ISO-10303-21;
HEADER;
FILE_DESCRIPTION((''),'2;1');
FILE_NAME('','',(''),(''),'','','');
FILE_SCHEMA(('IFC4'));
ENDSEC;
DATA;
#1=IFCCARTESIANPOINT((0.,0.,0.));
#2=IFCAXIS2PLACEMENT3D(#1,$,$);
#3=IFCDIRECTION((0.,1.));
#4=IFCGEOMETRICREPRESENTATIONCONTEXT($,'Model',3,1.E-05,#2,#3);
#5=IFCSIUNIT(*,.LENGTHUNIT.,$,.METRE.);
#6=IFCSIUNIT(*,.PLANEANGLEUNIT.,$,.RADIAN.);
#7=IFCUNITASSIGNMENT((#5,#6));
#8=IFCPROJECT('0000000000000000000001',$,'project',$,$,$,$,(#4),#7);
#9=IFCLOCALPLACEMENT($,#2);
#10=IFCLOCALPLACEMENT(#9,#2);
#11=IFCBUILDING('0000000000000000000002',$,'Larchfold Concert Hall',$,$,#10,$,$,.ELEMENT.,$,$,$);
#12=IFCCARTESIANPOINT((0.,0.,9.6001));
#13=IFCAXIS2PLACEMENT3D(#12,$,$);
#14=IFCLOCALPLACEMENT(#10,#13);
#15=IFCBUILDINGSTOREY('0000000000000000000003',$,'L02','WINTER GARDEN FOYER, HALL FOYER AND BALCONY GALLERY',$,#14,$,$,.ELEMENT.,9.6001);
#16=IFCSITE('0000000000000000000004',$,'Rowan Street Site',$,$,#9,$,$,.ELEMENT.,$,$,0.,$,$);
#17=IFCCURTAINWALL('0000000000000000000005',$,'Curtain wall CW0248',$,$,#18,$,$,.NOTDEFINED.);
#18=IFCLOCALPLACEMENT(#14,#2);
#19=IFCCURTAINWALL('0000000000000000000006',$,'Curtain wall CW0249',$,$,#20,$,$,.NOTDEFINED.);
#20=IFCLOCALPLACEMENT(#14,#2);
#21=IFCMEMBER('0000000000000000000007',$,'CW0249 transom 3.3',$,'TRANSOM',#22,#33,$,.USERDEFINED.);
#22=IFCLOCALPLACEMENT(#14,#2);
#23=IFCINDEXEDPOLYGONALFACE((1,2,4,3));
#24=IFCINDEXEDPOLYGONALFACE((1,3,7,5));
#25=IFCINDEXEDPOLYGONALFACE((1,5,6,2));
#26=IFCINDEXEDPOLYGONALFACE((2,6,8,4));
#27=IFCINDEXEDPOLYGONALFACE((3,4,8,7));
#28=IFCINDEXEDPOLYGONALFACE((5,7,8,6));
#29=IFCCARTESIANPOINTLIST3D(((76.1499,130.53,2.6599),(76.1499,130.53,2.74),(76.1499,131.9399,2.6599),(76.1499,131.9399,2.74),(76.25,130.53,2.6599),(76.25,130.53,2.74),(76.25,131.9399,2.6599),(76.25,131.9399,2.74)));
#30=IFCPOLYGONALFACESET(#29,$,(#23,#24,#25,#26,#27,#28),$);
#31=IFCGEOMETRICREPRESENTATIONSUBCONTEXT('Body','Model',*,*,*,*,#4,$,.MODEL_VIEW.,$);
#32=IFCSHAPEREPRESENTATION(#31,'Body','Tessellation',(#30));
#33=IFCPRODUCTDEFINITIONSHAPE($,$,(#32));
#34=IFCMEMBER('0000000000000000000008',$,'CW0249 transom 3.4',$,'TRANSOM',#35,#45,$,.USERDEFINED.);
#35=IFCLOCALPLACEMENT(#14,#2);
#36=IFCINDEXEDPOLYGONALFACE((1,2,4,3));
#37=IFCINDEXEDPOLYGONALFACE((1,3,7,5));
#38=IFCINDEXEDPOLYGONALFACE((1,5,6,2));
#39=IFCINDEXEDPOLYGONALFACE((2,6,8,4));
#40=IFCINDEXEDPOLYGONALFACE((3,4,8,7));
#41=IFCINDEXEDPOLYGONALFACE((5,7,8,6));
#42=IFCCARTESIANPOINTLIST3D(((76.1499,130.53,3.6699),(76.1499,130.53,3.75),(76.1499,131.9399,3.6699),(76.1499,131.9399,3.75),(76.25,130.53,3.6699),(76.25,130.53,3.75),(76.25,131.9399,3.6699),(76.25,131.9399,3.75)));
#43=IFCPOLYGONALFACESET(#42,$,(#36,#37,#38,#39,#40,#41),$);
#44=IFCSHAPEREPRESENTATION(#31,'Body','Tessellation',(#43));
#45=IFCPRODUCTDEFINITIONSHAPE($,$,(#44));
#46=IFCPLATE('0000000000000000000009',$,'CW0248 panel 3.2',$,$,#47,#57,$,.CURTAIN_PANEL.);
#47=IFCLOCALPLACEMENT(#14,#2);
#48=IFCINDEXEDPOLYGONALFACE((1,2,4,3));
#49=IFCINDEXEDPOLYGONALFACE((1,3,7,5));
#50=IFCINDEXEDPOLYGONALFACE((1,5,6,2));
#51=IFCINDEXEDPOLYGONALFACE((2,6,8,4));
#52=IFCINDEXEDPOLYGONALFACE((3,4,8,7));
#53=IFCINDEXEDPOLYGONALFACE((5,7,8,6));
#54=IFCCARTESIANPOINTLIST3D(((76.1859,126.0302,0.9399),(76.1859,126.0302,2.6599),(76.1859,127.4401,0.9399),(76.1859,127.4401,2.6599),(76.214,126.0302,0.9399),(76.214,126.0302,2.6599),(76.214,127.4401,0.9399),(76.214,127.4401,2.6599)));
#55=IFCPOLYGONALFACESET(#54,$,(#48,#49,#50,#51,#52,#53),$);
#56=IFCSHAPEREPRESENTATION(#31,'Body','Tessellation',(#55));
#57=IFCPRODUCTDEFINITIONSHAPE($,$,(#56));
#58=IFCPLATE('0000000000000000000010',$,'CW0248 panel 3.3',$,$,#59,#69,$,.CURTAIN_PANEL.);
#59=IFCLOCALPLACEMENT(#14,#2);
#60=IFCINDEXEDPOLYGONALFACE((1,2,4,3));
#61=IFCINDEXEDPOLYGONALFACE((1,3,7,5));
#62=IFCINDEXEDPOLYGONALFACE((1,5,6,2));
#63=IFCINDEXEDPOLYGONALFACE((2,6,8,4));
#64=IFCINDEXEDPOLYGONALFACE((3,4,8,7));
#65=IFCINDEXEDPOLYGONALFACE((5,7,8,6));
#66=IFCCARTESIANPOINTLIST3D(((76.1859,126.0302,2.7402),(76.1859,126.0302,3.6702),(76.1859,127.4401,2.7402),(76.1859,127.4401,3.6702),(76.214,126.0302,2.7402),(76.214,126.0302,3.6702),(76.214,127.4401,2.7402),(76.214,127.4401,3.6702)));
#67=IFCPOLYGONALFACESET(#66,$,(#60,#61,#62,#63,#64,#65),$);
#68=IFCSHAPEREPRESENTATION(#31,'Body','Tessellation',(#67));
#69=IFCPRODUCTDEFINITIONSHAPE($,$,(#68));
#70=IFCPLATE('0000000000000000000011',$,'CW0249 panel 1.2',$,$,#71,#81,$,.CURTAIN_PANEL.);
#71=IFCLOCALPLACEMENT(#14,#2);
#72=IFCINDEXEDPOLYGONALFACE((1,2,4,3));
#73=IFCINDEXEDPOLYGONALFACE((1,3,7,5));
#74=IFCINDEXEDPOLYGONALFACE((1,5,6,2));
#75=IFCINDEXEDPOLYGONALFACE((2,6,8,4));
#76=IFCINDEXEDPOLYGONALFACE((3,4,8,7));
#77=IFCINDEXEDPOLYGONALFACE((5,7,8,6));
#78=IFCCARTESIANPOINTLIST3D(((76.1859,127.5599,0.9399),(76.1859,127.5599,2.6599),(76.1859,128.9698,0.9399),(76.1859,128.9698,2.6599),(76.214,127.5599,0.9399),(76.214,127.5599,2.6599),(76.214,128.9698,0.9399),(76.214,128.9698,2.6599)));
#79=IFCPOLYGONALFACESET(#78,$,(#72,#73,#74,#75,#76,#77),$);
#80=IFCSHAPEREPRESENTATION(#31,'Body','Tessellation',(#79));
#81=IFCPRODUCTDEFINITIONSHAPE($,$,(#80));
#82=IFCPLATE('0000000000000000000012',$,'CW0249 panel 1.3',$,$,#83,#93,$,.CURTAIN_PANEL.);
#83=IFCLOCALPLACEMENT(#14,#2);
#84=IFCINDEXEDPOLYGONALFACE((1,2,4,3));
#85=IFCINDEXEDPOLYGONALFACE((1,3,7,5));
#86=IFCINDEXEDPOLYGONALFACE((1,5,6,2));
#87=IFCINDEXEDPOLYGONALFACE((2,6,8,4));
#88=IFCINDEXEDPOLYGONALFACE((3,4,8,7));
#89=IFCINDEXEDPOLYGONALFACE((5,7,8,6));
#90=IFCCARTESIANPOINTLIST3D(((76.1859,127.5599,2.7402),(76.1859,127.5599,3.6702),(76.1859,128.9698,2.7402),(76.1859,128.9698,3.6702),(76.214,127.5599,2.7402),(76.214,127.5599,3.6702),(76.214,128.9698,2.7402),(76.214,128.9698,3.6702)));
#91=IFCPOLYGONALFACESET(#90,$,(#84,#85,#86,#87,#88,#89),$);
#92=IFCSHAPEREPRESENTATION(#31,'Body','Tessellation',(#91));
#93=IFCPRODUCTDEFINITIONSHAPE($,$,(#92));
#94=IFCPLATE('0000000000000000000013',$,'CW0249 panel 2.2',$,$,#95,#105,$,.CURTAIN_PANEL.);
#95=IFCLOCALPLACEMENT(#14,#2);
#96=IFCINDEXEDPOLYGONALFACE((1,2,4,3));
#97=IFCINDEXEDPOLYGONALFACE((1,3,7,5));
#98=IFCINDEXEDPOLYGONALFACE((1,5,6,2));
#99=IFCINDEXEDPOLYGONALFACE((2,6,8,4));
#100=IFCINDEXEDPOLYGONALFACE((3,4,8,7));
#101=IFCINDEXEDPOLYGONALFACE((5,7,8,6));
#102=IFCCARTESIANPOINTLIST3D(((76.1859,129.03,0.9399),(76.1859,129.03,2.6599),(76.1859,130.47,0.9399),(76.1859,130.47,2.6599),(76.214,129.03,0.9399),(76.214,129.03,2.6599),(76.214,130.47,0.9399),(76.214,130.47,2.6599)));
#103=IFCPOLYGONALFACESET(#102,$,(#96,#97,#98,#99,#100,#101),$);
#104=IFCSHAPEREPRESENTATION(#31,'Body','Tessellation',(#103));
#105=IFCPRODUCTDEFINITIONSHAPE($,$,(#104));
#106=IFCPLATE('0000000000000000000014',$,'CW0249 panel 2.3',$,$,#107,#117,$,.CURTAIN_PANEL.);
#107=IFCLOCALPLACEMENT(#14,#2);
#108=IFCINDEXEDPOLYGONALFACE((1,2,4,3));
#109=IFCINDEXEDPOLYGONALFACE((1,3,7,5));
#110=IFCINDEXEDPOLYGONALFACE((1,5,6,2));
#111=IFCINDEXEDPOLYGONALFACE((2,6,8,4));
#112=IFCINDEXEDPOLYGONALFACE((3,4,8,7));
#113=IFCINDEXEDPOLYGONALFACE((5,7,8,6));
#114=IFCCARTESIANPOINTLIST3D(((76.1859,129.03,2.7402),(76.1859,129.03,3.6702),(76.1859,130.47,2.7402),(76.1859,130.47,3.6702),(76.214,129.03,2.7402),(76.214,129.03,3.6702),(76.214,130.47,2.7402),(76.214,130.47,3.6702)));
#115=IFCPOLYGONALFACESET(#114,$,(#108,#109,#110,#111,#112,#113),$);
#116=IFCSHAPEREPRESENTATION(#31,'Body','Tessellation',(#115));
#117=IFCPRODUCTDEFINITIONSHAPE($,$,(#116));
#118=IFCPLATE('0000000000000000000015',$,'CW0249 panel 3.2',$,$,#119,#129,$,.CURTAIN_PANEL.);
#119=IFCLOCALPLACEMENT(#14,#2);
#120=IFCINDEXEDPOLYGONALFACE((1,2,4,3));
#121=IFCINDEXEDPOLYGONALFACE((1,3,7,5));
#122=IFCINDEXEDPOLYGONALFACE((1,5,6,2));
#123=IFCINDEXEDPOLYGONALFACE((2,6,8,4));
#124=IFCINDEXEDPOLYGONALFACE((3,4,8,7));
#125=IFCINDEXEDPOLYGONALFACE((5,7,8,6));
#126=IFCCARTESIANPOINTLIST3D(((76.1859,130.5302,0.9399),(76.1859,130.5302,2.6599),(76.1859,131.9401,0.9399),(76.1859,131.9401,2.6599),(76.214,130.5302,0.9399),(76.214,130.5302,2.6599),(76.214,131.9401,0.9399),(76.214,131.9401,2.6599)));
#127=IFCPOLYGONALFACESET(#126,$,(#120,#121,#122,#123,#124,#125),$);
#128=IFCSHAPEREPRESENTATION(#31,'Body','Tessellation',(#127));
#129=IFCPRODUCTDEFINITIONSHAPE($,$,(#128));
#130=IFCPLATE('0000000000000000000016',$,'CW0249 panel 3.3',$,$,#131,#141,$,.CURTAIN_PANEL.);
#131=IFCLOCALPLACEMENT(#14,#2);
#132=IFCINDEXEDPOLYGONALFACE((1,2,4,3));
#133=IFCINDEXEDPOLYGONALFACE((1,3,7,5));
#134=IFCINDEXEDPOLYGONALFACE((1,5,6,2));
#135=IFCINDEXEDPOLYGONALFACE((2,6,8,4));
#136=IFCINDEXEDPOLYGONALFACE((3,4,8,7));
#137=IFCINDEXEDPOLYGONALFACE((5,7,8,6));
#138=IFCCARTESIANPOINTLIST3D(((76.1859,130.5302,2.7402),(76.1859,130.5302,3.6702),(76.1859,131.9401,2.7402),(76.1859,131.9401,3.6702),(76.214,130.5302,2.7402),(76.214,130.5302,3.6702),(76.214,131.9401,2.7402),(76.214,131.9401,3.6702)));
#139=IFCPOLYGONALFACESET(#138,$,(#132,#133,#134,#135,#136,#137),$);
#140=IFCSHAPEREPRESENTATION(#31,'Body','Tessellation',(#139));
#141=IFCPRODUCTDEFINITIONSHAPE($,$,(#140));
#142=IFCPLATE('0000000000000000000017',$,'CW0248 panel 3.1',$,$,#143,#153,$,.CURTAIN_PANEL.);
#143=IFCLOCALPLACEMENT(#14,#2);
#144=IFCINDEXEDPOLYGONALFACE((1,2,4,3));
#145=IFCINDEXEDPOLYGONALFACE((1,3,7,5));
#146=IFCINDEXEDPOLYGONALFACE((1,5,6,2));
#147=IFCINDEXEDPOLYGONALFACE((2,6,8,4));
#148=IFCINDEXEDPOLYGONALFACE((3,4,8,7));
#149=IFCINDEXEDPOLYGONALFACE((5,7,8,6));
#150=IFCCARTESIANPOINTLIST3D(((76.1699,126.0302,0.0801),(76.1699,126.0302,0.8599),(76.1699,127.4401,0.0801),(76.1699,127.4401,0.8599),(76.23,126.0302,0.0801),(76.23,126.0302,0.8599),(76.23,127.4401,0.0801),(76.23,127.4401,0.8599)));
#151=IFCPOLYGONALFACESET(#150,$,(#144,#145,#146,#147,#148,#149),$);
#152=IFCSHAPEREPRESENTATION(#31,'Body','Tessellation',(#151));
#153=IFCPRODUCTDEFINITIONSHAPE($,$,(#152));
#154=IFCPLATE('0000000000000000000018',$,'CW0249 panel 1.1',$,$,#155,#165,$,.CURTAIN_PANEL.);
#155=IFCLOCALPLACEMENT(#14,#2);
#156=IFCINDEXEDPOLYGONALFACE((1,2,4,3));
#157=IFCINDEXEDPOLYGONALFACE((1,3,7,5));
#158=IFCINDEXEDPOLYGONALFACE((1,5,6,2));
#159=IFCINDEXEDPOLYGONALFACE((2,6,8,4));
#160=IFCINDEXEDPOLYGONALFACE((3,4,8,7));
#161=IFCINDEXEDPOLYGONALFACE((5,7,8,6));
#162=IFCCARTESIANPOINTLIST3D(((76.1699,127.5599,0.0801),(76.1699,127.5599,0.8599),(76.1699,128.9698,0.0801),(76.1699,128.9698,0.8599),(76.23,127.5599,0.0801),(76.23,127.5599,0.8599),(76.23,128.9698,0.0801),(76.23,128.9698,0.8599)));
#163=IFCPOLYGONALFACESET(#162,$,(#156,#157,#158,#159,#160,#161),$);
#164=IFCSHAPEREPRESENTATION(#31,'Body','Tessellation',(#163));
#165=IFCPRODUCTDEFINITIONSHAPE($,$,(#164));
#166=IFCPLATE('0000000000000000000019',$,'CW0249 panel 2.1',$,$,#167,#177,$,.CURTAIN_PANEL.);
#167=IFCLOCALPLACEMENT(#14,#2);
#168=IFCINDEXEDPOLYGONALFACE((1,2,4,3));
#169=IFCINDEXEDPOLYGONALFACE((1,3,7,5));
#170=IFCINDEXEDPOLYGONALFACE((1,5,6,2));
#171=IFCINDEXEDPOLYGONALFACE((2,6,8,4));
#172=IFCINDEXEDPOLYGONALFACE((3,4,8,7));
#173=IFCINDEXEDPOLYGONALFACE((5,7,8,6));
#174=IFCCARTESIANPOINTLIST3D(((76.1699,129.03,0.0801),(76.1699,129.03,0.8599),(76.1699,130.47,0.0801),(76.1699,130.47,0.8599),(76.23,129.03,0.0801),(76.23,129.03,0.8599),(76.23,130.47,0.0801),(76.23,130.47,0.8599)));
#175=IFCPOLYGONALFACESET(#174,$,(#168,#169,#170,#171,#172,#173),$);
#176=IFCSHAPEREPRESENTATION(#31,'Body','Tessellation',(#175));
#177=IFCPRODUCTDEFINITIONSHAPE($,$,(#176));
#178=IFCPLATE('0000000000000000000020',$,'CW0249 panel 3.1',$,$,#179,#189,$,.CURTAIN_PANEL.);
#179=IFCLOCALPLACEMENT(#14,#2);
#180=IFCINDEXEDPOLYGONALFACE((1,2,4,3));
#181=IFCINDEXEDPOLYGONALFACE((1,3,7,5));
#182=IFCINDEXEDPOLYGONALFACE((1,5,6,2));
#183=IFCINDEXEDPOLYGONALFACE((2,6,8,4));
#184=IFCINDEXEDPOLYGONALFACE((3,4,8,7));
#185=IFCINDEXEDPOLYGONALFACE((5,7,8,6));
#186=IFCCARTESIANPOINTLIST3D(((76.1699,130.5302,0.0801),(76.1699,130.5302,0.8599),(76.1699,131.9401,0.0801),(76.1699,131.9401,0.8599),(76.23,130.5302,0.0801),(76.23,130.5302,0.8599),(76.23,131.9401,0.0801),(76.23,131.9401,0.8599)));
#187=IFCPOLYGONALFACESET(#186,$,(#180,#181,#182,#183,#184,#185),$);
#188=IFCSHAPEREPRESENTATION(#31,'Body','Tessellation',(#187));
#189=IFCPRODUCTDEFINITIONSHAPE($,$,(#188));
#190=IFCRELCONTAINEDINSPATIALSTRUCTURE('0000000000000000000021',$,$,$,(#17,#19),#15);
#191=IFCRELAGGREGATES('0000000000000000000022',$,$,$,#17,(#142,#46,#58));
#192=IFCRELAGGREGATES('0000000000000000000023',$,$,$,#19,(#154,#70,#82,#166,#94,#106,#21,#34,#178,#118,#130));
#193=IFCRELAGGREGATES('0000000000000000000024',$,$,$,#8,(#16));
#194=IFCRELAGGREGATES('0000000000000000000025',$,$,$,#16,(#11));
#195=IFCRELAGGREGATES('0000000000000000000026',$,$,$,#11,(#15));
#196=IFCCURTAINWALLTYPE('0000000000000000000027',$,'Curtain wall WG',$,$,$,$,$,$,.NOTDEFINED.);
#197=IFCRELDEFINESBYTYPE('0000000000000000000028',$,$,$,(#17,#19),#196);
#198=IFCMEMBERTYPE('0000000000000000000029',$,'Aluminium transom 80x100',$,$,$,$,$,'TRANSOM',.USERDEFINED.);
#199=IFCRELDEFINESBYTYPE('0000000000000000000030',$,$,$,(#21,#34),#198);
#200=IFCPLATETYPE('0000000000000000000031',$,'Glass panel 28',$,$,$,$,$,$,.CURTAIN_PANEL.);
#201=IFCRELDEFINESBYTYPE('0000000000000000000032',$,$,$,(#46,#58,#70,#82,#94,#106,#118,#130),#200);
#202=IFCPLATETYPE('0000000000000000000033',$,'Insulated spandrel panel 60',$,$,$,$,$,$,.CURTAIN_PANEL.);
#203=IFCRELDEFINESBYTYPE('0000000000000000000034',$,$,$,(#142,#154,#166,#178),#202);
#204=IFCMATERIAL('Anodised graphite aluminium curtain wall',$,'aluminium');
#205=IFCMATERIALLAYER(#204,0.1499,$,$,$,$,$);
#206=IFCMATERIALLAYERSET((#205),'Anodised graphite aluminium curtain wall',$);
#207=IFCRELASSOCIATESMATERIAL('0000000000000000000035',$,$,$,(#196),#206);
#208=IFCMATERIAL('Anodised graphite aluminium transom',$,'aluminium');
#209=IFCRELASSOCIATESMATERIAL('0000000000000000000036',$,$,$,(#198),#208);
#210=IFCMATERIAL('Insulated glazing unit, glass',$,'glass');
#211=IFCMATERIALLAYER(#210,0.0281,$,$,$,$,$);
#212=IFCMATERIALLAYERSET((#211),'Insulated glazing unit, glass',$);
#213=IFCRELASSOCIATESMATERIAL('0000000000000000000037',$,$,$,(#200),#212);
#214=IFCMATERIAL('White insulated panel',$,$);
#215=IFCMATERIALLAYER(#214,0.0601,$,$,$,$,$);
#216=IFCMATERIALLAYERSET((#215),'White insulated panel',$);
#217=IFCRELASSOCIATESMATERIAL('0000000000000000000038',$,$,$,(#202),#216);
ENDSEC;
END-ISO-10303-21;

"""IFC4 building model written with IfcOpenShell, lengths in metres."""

from ifc_helpers import new_model, si_unit, direction, frame, origin, origin_2d, place, context, subcontext, project, spatial, rectangle, extrude, material, layer, layer_set, material_profile, profile_set, type_object, element, aggregate, save


model = new_model("IFC4")

# Units and contexts
model_context = context("Model", 3, precision=1e-05, world=origin(), true_north=direction((0.0, 1.0)))
body_context = subcontext(model_context, "Body", "Model", "MODEL_VIEW")
ifc_project = project(units=[si_unit("LENGTHUNIT", "METRE"), si_unit("PLANEANGLEUNIT", "RADIAN")], contexts=[model_context])

# Site, building, storey
site_placement = place(None, origin())
site = spatial("IfcSite", under=ifc_project, at=site_placement, Name="Rowan Street Site", CompositionType="ELEMENT", RefElevation=0.0)
building_placement = place(site_placement, origin())
building = spatial("IfcBuilding", under=site, at=building_placement, Name="Larchfold Concert Hall", CompositionType="ELEMENT")
storey_placement = place(building_placement, frame((0.0, 0.0, 9.6001)))
storey = spatial("IfcBuildingStorey", under=building, at=storey_placement, Name="L02", Description="WINTER GARDEN FOYER, HALL FOYER AND BALCONY GALLERY", CompositionType="ELEMENT", Elevation=9.6001)

# Curtain wall
ifc_material_1 = material(Name="Anodised graphite aluminium curtain wall", Category="aluminium")
ifc_layer_1 = layer(ifc_material_1, 0.1499)
ifc_layer_set_1 = layer_set([ifc_layer_1], Name="Anodised graphite aluminium curtain wall")
curtain_wall_type = type_object("IfcCurtainWallType", Name="Curtain wall WG", PredefinedType="NOTDEFINED", material=ifc_layer_set_1)
curtain_wall_1_placement = place(storey_placement, origin())
curtain_wall_1 = element("IfcCurtainWall", 1, at=curtain_wall_1_placement, inside=storey, type_object=curtain_wall_type, Name="Curtain wall CW0248", PredefinedType="NOTDEFINED")

# Curtain wall
curtain_wall_2_placement = place(storey_placement, origin())
curtain_wall_2 = element("IfcCurtainWall", 2, at=curtain_wall_2_placement, inside=storey, type_object=curtain_wall_type, Name="Curtain wall CW0249", PredefinedType="NOTDEFINED")

# Members
ifc_material_2 = material(Name="Anodised graphite aluminium transom", Category="aluminium")
ifc_material_profile_1 = material_profile(ifc_material_2, rectangle(XDim=0.1001, YDim=0.0801, at=origin_2d()))
ifc_profile_set_1 = profile_set([ifc_material_profile_1], Name="Anodised graphite aluminium transom")
member_type_1 = type_object("IfcMemberType", Name="Aluminium transom 80x100", ElementType="TRANSOM", PredefinedType="USERDEFINED", material=ifc_profile_set_1)
member_1_placement = place(storey_placement, frame((76.2, 130.53, 2.7), z_axis=(0.0, 1.0, 0.0), x_axis=(-1.0, 0.0, 0.0)))
member_1 = element("IfcMember", 3, at=member_1_placement, type_object=member_type_1, Name="CW0249 transom 3.3", ObjectType="TRANSOM", PredefinedType="USERDEFINED", context=body_context, shape_type="SweptSolid", body=[
    extrude(rectangle(XDim=0.1001, YDim=0.0801, at=origin_2d()), origin(), (0.0, 0.0, 1.0), 1.4099),
])
member_2_placement = place(storey_placement, frame((76.2, 130.53, 3.71), z_axis=(0.0, 1.0, 0.0), x_axis=(-1.0, 0.0, 0.0)))
member_2 = element("IfcMember", 4, at=member_2_placement, type_object=member_type_1, Name="CW0249 transom 3.4", ObjectType="TRANSOM", PredefinedType="USERDEFINED", context=body_context, shape_type="SweptSolid", body=[
    extrude(rectangle(XDim=0.1001, YDim=0.0801, at=origin_2d()), origin(), (0.0, 0.0, 1.0), 1.4099),
])

# Plates
ifc_material_3 = material(Name="Insulated glazing unit, glass", Category="glass")
ifc_layer_2 = layer(ifc_material_3, 0.0281)
ifc_layer_set_2 = layer_set([ifc_layer_2], Name="Insulated glazing unit, glass")
plate_type_1 = type_object("IfcPlateType", Name="Glass panel 28", PredefinedType="CURTAIN_PANEL", material=ifc_layer_set_2)
plate_1_placement = place(storey_placement, frame((76.2, 126.7351, 0.9399), z_axis=(0.0, 0.0, 1.0), x_axis=(0.0, 1.0, 0.0)))
plate_1 = element("IfcPlate", 5, at=plate_1_placement, type_object=plate_type_1, Name="CW0248 panel 3.2", PredefinedType="CURTAIN_PANEL", context=body_context, shape_type="SweptSolid", body=[
    extrude(rectangle(XDim=1.4099, YDim=0.0281, at=origin_2d()), origin(), (0.0, 0.0, 1.0), 1.72),
])
plate_2_placement = place(storey_placement, frame((76.2, 126.7351, 2.7402), z_axis=(0.0, 0.0, 1.0), x_axis=(0.0, 1.0, 0.0)))
plate_2 = element("IfcPlate", 6, at=plate_2_placement, type_object=plate_type_1, Name="CW0248 panel 3.3", PredefinedType="CURTAIN_PANEL", context=body_context, shape_type="SweptSolid", body=[
    extrude(rectangle(XDim=1.4099, YDim=0.0281, at=origin_2d()), origin(), (0.0, 0.0, 1.0), 0.9299),
])
plate_3_placement = place(storey_placement, frame((76.2, 128.2649, 0.9399), z_axis=(0.0, 0.0, 1.0), x_axis=(0.0, 1.0, 0.0)))
plate_3 = element("IfcPlate", 7, at=plate_3_placement, type_object=plate_type_1, Name="CW0249 panel 1.2", PredefinedType="CURTAIN_PANEL", context=body_context, shape_type="SweptSolid", body=[
    extrude(rectangle(XDim=1.4099, YDim=0.0281, at=origin_2d()), origin(), (0.0, 0.0, 1.0), 1.72),
])
plate_4_placement = place(storey_placement, frame((76.2, 128.2649, 2.7402), z_axis=(0.0, 0.0, 1.0), x_axis=(0.0, 1.0, 0.0)))
plate_4 = element("IfcPlate", 8, at=plate_4_placement, type_object=plate_type_1, Name="CW0249 panel 1.3", PredefinedType="CURTAIN_PANEL", context=body_context, shape_type="SweptSolid", body=[
    extrude(rectangle(XDim=1.4099, YDim=0.0281, at=origin_2d()), origin(), (0.0, 0.0, 1.0), 0.9299),
])
plate_5_placement = place(storey_placement, frame((76.2, 129.75, 0.9399), z_axis=(0.0, 0.0, 1.0), x_axis=(0.0, 1.0, 0.0)))
plate_5 = element("IfcPlate", 9, at=plate_5_placement, type_object=plate_type_1, Name="CW0249 panel 2.2", PredefinedType="CURTAIN_PANEL", context=body_context, shape_type="SweptSolid", body=[
    extrude(rectangle(XDim=1.4399, YDim=0.0281, at=origin_2d()), origin(), (0.0, 0.0, 1.0), 1.72),
])
plate_6_placement = place(storey_placement, frame((76.2, 129.75, 2.7402), z_axis=(0.0, 0.0, 1.0), x_axis=(0.0, 1.0, 0.0)))
plate_6 = element("IfcPlate", 10, at=plate_6_placement, type_object=plate_type_1, Name="CW0249 panel 2.3", PredefinedType="CURTAIN_PANEL", context=body_context, shape_type="SweptSolid", body=[
    extrude(rectangle(XDim=1.4399, YDim=0.0281, at=origin_2d()), origin(), (0.0, 0.0, 1.0), 0.9299),
])
plate_7_placement = place(storey_placement, frame((76.2, 131.2351, 0.9399), z_axis=(0.0, 0.0, 1.0), x_axis=(0.0, 1.0, 0.0)))
plate_7 = element("IfcPlate", 11, at=plate_7_placement, type_object=plate_type_1, Name="CW0249 panel 3.2", PredefinedType="CURTAIN_PANEL", context=body_context, shape_type="SweptSolid", body=[
    extrude(rectangle(XDim=1.4099, YDim=0.0281, at=origin_2d()), origin(), (0.0, 0.0, 1.0), 1.72),
])
plate_8_placement = place(storey_placement, frame((76.2, 131.2351, 2.7402), z_axis=(0.0, 0.0, 1.0), x_axis=(0.0, 1.0, 0.0)))
plate_8 = element("IfcPlate", 12, at=plate_8_placement, type_object=plate_type_1, Name="CW0249 panel 3.3", PredefinedType="CURTAIN_PANEL", context=body_context, shape_type="SweptSolid", body=[
    extrude(rectangle(XDim=1.4099, YDim=0.0281, at=origin_2d()), origin(), (0.0, 0.0, 1.0), 0.9299),
])
ifc_material_4 = material(Name="White insulated panel")
ifc_layer_3 = layer(ifc_material_4, 0.0601)
ifc_layer_set_3 = layer_set([ifc_layer_3], Name="White insulated panel")
plate_type_2 = type_object("IfcPlateType", Name="Insulated spandrel panel 60", PredefinedType="CURTAIN_PANEL", material=ifc_layer_set_3)
plate_9_placement = place(storey_placement, frame((76.2, 126.7351, 0.0801), z_axis=(0.0, 0.0, 1.0), x_axis=(0.0, 1.0, 0.0)))
plate_9 = element("IfcPlate", 13, at=plate_9_placement, type_object=plate_type_2, Name="CW0248 panel 3.1", PredefinedType="CURTAIN_PANEL", context=body_context, shape_type="SweptSolid", body=[
    extrude(rectangle(XDim=1.4099, YDim=0.0601, at=origin_2d()), origin(), (0.0, 0.0, 1.0), 0.7798),
])
aggregate(curtain_wall_1, [plate_9, plate_1, plate_2])
plate_10_placement = place(storey_placement, frame((76.2, 128.2649, 0.0801), z_axis=(0.0, 0.0, 1.0), x_axis=(0.0, 1.0, 0.0)))
plate_10 = element("IfcPlate", 14, at=plate_10_placement, type_object=plate_type_2, Name="CW0249 panel 1.1", PredefinedType="CURTAIN_PANEL", context=body_context, shape_type="SweptSolid", body=[
    extrude(rectangle(XDim=1.4099, YDim=0.0601, at=origin_2d()), origin(), (0.0, 0.0, 1.0), 0.7798),
])
plate_11_placement = place(storey_placement, frame((76.2, 129.75, 0.0801), z_axis=(0.0, 0.0, 1.0), x_axis=(0.0, 1.0, 0.0)))
plate_11 = element("IfcPlate", 15, at=plate_11_placement, type_object=plate_type_2, Name="CW0249 panel 2.1", PredefinedType="CURTAIN_PANEL", context=body_context, shape_type="SweptSolid", body=[
    extrude(rectangle(XDim=1.4399, YDim=0.0601, at=origin_2d()), origin(), (0.0, 0.0, 1.0), 0.7798),
])
plate_12_placement = place(storey_placement, frame((76.2, 131.2351, 0.0801), z_axis=(0.0, 0.0, 1.0), x_axis=(0.0, 1.0, 0.0)))
plate_12 = element("IfcPlate", 16, at=plate_12_placement, type_object=plate_type_2, Name="CW0249 panel 3.1", PredefinedType="CURTAIN_PANEL", context=body_context, shape_type="SweptSolid", body=[
    extrude(rectangle(XDim=1.4099, YDim=0.0601, at=origin_2d()), origin(), (0.0, 0.0, 1.0), 0.7798),
])
aggregate(curtain_wall_2, [plate_10, plate_3, plate_4, plate_11, plate_5, plate_6, member_1, member_2, plate_12, plate_7, plate_8])

save(model, "model.ifc")
